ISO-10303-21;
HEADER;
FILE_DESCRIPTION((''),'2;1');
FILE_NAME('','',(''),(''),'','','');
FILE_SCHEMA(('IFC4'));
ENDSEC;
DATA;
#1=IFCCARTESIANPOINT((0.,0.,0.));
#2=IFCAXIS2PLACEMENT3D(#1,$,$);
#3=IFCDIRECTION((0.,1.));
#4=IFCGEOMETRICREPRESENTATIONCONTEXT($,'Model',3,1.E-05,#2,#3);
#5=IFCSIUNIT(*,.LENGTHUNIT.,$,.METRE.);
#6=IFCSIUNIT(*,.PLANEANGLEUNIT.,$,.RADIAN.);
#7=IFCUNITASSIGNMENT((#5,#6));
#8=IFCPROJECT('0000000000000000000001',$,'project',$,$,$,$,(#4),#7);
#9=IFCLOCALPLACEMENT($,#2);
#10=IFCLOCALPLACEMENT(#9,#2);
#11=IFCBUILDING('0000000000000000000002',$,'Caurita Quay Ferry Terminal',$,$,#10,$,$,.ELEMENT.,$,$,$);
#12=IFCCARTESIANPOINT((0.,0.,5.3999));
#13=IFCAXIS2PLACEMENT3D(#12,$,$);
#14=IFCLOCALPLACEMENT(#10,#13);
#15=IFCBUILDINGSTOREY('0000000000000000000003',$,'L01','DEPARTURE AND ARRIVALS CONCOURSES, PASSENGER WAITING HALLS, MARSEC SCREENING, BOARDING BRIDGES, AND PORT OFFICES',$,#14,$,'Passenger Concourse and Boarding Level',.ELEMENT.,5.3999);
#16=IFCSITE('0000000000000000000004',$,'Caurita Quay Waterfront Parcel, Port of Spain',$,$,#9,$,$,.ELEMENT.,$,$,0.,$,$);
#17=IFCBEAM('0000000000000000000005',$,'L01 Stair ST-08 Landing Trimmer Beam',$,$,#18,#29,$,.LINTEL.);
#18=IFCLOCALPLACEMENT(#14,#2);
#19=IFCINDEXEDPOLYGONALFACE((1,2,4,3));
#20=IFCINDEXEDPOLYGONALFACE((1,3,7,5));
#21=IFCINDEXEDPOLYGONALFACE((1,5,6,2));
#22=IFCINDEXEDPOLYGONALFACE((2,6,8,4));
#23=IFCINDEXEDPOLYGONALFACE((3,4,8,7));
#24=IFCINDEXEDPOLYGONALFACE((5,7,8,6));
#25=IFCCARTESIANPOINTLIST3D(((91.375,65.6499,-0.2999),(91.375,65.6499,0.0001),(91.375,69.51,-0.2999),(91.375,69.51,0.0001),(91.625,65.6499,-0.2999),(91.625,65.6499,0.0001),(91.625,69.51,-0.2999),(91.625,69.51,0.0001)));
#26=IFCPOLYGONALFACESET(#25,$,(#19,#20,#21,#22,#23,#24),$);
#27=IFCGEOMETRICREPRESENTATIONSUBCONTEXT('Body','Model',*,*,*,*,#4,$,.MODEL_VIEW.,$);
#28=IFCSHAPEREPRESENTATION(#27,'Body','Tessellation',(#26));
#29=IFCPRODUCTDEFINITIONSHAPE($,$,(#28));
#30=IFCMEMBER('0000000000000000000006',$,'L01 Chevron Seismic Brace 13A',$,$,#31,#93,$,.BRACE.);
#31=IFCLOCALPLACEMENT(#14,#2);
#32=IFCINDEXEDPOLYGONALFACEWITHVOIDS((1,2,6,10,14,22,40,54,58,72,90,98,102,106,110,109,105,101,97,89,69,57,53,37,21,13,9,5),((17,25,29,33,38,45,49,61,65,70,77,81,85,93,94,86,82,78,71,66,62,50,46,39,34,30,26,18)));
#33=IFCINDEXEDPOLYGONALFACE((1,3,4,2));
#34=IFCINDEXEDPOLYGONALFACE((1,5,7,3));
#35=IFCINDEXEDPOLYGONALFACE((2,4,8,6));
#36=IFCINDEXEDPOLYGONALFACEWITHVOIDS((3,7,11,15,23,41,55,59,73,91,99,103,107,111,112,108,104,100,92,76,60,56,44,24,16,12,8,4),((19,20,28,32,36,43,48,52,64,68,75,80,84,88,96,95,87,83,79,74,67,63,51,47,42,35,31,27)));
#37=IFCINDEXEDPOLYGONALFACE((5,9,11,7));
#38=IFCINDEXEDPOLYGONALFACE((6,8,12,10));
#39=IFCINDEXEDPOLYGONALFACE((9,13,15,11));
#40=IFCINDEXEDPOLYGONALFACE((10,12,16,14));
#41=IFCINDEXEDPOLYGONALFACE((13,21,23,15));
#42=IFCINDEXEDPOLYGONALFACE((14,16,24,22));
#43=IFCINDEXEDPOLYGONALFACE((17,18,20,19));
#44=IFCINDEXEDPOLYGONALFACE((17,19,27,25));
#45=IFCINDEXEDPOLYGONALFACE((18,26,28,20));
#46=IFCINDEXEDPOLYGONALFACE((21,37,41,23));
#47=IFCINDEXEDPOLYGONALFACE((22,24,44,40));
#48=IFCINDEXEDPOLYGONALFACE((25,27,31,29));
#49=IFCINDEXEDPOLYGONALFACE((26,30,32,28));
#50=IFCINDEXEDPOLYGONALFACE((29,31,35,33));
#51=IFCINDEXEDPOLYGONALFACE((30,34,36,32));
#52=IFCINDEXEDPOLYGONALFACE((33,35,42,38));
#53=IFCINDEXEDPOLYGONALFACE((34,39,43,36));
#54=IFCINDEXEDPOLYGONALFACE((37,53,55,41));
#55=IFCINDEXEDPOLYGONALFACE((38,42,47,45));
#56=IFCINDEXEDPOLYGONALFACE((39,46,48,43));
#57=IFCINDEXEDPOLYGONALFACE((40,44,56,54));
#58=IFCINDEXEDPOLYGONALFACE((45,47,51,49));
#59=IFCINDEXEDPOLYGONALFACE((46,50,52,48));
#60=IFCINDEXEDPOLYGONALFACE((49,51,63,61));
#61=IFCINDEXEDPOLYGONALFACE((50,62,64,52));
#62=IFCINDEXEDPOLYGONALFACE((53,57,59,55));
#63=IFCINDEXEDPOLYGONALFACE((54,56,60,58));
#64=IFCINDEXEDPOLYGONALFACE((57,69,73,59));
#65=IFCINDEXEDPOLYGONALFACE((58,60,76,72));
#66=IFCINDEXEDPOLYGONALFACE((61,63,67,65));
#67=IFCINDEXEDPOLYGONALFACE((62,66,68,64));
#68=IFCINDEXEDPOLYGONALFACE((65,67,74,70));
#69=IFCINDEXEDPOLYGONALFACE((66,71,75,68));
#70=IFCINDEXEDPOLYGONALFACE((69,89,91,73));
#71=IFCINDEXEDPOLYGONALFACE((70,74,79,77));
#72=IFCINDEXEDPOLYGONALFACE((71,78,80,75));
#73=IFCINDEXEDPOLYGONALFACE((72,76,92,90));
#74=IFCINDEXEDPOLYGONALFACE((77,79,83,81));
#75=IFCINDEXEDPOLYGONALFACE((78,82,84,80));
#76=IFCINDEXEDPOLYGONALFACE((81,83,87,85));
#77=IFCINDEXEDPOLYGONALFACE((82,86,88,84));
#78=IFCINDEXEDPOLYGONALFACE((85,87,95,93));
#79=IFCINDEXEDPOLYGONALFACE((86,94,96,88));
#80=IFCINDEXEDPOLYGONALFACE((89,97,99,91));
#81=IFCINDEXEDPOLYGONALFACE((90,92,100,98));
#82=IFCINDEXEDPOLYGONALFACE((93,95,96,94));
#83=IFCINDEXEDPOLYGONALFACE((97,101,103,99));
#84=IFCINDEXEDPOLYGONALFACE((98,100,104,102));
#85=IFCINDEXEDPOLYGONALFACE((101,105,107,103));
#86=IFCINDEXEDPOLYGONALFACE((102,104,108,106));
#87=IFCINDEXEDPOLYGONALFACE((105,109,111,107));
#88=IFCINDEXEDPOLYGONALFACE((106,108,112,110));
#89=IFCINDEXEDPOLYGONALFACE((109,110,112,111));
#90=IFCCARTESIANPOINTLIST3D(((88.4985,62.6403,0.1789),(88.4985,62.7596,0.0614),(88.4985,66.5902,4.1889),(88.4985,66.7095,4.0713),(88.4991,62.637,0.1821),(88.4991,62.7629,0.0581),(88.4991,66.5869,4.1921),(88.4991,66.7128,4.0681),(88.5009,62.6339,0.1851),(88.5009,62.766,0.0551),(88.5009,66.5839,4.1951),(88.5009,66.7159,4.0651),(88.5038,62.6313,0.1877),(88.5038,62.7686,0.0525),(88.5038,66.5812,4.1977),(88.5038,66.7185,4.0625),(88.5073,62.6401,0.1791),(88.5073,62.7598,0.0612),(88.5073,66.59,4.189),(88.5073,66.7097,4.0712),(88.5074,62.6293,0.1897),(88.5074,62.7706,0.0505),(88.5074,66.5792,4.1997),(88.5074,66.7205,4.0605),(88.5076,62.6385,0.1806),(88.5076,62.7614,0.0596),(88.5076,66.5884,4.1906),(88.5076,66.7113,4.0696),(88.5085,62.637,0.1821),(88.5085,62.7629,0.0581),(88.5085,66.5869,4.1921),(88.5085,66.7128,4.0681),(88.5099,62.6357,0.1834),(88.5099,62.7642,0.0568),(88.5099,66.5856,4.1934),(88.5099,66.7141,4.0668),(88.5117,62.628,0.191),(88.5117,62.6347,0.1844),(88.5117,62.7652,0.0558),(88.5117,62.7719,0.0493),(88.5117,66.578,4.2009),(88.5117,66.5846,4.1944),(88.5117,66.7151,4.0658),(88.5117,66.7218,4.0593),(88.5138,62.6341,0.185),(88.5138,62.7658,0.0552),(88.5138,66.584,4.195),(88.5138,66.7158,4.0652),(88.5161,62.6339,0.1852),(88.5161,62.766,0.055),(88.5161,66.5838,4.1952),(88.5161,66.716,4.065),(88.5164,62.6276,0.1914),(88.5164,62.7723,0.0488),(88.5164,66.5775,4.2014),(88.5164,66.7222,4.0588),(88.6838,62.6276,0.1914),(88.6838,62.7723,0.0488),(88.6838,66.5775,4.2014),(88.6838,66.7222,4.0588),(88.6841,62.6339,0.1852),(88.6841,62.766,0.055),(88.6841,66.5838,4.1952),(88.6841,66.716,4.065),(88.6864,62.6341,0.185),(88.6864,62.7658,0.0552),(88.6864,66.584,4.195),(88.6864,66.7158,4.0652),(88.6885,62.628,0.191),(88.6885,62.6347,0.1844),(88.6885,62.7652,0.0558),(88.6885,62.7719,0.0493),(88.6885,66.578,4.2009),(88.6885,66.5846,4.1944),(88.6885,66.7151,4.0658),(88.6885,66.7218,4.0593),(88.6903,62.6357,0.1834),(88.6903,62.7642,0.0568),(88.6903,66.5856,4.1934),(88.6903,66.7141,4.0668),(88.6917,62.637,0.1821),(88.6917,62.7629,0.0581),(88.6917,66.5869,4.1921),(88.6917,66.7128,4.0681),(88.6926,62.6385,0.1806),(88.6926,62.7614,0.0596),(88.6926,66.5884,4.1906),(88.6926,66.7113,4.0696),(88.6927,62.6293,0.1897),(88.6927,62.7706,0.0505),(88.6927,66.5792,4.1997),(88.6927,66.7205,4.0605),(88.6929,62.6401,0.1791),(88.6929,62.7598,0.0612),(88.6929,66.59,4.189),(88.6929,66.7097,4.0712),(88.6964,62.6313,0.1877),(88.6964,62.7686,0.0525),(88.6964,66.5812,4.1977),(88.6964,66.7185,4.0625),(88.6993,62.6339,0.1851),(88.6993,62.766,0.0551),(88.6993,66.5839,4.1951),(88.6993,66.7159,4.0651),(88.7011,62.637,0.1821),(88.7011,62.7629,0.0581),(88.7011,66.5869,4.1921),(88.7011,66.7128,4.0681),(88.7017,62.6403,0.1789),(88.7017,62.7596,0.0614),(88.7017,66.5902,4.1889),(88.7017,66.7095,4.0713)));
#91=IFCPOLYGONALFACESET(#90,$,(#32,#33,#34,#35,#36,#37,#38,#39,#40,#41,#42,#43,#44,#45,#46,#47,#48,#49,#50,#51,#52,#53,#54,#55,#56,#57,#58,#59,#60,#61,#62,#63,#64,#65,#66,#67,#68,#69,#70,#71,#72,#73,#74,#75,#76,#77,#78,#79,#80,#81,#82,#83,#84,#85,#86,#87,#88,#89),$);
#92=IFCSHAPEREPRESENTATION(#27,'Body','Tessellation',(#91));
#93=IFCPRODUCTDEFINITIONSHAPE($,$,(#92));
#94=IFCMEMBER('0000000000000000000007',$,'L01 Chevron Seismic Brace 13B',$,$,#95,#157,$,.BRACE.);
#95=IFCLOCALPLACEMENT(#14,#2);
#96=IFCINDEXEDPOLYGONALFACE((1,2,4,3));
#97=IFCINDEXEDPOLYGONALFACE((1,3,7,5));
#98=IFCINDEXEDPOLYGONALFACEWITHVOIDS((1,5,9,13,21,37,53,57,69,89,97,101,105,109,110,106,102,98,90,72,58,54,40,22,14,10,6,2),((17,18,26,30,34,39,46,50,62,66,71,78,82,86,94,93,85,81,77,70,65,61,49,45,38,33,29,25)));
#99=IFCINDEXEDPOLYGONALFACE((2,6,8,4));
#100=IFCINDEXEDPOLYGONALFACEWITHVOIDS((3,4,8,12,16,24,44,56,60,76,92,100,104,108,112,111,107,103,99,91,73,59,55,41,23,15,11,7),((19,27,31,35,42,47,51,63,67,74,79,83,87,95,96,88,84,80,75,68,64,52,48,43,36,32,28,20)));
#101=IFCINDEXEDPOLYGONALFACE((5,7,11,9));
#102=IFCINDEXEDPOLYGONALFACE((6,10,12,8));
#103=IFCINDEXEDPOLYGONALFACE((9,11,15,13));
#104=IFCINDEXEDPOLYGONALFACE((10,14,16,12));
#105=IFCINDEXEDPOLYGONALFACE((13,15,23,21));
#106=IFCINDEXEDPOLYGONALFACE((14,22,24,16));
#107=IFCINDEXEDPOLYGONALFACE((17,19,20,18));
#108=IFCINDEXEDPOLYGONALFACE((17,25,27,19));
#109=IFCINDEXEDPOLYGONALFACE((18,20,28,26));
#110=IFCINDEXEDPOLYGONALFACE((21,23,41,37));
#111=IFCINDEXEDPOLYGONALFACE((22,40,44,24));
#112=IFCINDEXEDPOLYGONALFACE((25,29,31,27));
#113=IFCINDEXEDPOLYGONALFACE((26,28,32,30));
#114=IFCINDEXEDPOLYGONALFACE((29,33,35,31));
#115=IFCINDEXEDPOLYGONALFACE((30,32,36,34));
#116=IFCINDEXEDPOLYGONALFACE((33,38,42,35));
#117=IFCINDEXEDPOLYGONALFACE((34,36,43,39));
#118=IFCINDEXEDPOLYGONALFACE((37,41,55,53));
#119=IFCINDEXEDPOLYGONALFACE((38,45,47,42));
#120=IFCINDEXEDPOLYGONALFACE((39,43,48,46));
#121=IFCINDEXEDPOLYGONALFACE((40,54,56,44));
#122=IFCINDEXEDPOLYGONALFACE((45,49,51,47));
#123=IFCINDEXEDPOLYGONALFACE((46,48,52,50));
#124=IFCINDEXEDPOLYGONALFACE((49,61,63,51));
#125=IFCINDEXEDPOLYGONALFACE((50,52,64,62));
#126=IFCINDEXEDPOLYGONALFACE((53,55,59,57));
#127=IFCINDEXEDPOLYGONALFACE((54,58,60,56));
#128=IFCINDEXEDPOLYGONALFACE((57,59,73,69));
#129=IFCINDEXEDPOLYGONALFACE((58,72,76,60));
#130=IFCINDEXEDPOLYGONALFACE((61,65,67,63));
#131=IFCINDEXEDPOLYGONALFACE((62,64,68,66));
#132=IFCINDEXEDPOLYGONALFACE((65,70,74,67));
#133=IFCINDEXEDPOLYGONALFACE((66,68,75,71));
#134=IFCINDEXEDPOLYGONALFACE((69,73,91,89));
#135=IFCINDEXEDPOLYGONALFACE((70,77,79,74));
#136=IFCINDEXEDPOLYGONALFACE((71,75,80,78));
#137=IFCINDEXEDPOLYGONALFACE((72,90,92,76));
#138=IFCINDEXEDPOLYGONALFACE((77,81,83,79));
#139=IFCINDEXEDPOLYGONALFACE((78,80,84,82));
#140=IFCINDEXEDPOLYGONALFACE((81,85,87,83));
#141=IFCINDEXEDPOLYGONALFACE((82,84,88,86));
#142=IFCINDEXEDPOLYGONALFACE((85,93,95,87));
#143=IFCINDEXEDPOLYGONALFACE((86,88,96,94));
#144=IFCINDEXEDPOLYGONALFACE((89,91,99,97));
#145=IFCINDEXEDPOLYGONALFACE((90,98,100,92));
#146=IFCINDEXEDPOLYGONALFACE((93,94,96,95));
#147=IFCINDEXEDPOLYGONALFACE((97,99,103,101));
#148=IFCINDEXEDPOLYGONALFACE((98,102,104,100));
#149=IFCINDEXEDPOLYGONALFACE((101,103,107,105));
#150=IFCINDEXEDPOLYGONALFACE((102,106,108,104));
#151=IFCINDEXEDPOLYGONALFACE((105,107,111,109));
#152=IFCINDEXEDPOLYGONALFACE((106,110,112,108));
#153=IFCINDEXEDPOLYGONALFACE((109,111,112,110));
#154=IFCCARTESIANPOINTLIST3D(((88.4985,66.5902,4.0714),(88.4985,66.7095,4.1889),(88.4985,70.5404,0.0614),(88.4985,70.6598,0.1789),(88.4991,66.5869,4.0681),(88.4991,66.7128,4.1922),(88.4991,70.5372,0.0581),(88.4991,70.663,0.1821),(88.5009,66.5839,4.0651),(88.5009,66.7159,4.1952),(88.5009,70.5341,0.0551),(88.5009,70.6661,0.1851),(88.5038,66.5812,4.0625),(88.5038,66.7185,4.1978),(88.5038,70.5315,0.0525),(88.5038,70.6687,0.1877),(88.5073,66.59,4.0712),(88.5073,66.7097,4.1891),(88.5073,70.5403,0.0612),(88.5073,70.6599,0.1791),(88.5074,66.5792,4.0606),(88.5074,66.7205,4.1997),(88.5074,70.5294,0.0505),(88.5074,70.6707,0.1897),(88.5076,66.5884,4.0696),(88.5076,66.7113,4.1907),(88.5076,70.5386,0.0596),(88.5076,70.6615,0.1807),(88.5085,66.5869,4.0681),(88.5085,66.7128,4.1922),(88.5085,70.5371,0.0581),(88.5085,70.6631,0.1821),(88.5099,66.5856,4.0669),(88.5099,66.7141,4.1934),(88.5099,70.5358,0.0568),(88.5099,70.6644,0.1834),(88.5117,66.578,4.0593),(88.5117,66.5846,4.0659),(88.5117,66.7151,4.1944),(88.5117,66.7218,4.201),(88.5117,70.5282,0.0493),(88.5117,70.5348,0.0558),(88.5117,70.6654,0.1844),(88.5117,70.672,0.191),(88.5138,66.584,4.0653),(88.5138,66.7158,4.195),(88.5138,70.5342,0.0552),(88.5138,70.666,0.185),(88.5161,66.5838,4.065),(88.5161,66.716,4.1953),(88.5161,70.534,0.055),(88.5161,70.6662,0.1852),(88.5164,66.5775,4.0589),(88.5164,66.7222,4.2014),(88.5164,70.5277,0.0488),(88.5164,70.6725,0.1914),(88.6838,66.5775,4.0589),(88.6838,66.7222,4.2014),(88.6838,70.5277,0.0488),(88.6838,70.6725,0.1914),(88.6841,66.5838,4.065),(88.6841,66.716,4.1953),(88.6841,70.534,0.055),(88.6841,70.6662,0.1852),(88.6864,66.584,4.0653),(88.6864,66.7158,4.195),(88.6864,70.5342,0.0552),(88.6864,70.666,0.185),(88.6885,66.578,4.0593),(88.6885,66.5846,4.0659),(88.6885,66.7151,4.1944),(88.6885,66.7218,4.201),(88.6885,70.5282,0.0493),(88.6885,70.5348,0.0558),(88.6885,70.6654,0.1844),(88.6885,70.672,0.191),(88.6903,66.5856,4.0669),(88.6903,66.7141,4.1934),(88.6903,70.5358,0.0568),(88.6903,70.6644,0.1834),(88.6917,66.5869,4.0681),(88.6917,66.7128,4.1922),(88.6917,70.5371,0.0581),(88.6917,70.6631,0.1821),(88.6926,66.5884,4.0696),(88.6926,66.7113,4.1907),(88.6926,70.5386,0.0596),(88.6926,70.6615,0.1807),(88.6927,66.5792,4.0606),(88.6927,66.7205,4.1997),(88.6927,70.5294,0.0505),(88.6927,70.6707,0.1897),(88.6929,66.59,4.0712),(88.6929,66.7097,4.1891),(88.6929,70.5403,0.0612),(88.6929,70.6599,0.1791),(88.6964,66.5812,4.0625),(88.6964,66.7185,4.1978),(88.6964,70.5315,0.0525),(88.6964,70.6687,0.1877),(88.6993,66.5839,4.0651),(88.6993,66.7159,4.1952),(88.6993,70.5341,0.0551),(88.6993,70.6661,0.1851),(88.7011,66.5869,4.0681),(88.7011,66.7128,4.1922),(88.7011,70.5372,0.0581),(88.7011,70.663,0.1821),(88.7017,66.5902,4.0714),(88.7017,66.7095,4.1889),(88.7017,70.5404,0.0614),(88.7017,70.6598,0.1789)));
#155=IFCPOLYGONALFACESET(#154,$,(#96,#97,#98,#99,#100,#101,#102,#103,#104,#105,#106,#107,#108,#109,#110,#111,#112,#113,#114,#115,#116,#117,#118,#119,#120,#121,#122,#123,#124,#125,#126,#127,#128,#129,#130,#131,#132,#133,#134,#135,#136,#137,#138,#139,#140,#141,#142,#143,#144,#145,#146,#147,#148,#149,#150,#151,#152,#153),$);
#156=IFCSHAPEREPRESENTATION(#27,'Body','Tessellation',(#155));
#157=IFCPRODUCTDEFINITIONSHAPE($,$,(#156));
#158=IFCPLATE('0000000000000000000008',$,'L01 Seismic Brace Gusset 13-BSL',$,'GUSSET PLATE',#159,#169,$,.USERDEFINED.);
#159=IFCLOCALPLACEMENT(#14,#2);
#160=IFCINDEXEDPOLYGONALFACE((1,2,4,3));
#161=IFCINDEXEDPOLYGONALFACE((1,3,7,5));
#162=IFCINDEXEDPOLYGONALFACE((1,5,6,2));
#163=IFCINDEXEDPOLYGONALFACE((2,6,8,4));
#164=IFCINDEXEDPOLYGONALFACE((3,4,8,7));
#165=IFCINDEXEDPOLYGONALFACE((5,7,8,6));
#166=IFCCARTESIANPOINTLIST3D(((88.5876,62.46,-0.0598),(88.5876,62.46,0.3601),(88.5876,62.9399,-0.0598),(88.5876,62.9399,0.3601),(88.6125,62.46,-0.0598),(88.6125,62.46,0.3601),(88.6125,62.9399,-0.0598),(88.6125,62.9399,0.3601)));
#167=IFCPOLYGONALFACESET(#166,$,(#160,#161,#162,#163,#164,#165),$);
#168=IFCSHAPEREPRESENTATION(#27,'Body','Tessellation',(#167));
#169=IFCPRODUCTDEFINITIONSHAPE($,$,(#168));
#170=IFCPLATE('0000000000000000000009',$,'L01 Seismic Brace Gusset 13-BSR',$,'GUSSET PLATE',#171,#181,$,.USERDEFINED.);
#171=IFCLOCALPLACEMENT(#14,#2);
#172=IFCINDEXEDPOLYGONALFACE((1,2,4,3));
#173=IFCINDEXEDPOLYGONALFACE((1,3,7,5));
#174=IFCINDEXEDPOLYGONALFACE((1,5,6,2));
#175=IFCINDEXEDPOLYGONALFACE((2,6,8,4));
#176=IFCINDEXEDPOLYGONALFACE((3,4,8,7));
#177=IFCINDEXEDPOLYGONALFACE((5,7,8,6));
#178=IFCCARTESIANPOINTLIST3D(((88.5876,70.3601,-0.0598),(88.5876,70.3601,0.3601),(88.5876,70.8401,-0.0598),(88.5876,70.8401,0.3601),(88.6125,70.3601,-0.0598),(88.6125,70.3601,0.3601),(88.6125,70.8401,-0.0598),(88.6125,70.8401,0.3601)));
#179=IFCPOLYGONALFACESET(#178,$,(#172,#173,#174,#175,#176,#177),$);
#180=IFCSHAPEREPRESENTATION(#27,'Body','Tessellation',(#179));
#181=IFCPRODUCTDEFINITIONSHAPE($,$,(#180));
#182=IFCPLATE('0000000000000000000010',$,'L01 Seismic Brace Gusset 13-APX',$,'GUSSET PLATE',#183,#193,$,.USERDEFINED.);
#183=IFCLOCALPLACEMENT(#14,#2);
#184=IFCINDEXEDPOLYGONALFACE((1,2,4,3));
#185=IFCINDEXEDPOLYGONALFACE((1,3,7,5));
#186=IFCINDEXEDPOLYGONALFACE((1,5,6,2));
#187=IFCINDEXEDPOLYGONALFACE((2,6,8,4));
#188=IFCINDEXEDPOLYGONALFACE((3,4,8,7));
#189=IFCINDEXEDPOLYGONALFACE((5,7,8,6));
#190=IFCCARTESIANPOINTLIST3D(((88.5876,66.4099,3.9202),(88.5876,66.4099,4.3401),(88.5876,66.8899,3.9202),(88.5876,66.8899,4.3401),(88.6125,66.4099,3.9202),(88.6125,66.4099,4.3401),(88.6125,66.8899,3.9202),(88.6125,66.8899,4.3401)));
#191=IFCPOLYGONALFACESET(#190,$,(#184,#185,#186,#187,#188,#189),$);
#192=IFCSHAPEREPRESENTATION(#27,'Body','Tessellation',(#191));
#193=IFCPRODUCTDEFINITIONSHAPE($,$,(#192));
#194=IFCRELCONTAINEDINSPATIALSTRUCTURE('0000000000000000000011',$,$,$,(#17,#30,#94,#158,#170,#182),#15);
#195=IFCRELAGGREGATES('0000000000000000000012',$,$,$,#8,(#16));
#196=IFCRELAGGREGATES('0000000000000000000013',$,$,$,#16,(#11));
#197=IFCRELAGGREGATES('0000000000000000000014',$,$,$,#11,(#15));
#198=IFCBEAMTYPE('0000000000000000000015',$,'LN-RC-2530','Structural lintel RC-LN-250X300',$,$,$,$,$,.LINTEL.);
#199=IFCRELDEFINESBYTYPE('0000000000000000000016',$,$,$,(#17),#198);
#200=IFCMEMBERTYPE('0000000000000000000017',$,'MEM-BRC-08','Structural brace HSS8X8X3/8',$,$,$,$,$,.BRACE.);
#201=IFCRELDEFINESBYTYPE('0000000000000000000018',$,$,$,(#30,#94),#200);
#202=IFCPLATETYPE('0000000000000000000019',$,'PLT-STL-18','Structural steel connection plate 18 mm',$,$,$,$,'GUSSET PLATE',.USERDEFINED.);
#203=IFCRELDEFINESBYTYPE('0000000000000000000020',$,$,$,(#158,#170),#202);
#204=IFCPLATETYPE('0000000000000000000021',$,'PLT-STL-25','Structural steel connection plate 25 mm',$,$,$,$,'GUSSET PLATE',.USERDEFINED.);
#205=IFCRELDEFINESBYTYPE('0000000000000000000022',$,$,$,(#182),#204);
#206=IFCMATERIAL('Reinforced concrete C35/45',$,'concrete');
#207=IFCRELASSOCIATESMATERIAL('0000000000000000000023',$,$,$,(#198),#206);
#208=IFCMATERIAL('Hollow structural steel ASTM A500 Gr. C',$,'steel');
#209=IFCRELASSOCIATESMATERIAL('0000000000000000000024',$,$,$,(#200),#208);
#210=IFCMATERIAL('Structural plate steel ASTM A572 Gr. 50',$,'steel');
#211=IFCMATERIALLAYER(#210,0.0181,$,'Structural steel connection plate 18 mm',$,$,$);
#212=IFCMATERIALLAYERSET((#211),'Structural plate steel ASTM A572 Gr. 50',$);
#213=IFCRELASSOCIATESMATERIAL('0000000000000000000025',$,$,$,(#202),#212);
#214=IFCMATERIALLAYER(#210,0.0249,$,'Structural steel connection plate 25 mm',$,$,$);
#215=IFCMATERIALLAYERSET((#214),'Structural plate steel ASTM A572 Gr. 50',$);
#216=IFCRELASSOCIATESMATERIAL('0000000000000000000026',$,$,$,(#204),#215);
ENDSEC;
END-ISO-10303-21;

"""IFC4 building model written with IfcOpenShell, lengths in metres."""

from ifc_helpers import new_model, si_unit, direction, frame, origin, origin_2d, place, context, subcontext, project, spatial, rectangle, hollow_rectangle, extrude, material, layer, layer_set, material_profile, profile_set, type_object, element, save


model = new_model("IFC4")

# Units and contexts
model_context = context("Model", 3, precision=1e-05, world=origin(), true_north=direction((0.0, 1.0)))
body_context = subcontext(model_context, "Body", "Model", "MODEL_VIEW")
ifc_project = project(units=[si_unit("LENGTHUNIT", "METRE"), si_unit("PLANEANGLEUNIT", "RADIAN")], contexts=[model_context])

# Site, building, storey
site_placement = place(None, origin())
site = spatial("IfcSite", under=ifc_project, at=site_placement, Name="Caurita Quay Waterfront Parcel, Port of Spain", CompositionType="ELEMENT", RefElevation=0.0)
building_placement = place(site_placement, origin())
building = spatial("IfcBuilding", under=site, at=building_placement, Name="Caurita Quay Ferry Terminal", CompositionType="ELEMENT")
storey_placement = place(building_placement, frame((0.0, 0.0, 5.3999)))
storey = spatial("IfcBuildingStorey", under=building, at=storey_placement, Name="L01", Description="DEPARTURE AND ARRIVALS CONCOURSES, PASSENGER WAITING HALLS, MARSEC SCREENING, BOARDING BRIDGES, AND PORT OFFICES", LongName="Passenger Concourse and Boarding Level", CompositionType="ELEMENT", Elevation=5.3999)

# Beam
ifc_material_1 = material(Name="Reinforced concrete C35/45", Category="concrete")
ifc_material_profile_1 = material_profile(ifc_material_1, rectangle(XDim=0.25, YDim=0.3, at=origin_2d()), Name="RC-LN-250X300")
ifc_profile_set_1 = profile_set([ifc_material_profile_1], Name="Reinforced concrete C35/45")
beam_type_1 = type_object("IfcBeamType", Name="LN-RC-2530", Description="Structural lintel RC-LN-250X300", PredefinedType="LINTEL", material=ifc_profile_set_1)
beam_1_placement = place(storey_placement, frame((91.5, 65.6499, -0.1499), z_axis=(0.0, 1.0, 0.0), x_axis=(-1.0, 0.0, 0.0)))
element("IfcBeam", 1, at=beam_1_placement, inside=storey, type_object=beam_type_1, Name="L01 Stair ST-08 Landing Trimmer Beam", PredefinedType="LINTEL", context=body_context, shape_type="SweptSolid", body=[
    extrude(rectangle(XDim=0.25, YDim=0.3, at=origin_2d()), origin(), (0.0, 0.0, 1.0), 3.8601),
])

# Members
ifc_material_2 = material(Name="Hollow structural steel ASTM A500 Gr. C", Category="steel")
ifc_material_profile_2 = material_profile(ifc_material_2, hollow_rectangle(XDim=0.2031, YDim=0.2031, WallThickness=0.0088, InnerFilletRadius=0.0088, OuterFilletRadius=0.0178, at=origin_2d()), Name="HSS8X8X3/8")
ifc_profile_set_2 = profile_set([ifc_material_profile_2], Name="Hollow structural steel ASTM A500 Gr. C")
member_type = type_object("IfcMemberType", Name="MEM-BRC-08", Description="Structural brace HSS8X8X3/8", PredefinedType="BRACE", material=ifc_profile_set_2)
member_1_placement = place(storey_placement, frame((88.6001, 62.7, 0.1201), z_axis=(0.0, 0.701752, 0.712422), x_axis=(-1.0, 0.0, 0.0)))
element("IfcMember", 2, at=member_1_placement, inside=storey, type_object=member_type, Name="L01 Chevron Seismic Brace 13A", PredefinedType="BRACE", context=body_context, shape_type="SweptSolid", body=[
    extrude(hollow_rectangle(XDim=0.2031, YDim=0.2031, WallThickness=0.0088, InnerFilletRadius=0.0088, OuterFilletRadius=0.0178, at=origin_2d()), origin(), (0.0, 0.0, 1.0), 5.6287),
])
member_2_placement = place(storey_placement, frame((88.6001, 70.6001, 0.1201), z_axis=(0.0, -0.701774, 0.7124), x_axis=(1.0, 0.0, 0.0)))
element("IfcMember", 3, at=member_2_placement, inside=storey, type_object=member_type, Name="L01 Chevron Seismic Brace 13B", PredefinedType="BRACE", context=body_context, shape_type="SweptSolid", body=[
    extrude(hollow_rectangle(XDim=0.2031, YDim=0.2031, WallThickness=0.0088, InnerFilletRadius=0.0088, OuterFilletRadius=0.0178, at=origin_2d()), origin(), (0.0, 0.0, 1.0), 5.6289),
])

# Plates
ifc_material_3 = material(Name="Structural plate steel ASTM A572 Gr. 50", Category="steel")
ifc_layer_1 = layer(ifc_material_3, 0.0181, Name="Structural steel connection plate 18 mm")
ifc_layer_set_1 = layer_set([ifc_layer_1], Name="Structural plate steel ASTM A572 Gr. 50")
plate_type_1 = type_object("IfcPlateType", Name="PLT-STL-18", Description="Structural steel connection plate 18 mm", ElementType="GUSSET PLATE", PredefinedType="USERDEFINED", material=ifc_layer_set_1)
for number, where, z_axis, x_axis, name in (
    (4, (88.6001, 62.7, -0.0598), (0.0, 0.0, 1.0), (0.0, 1.0, 0.0), "L01 Seismic Brace Gusset 13-BSL"),
    (5, (88.6001, 70.6001, -0.0598), (0.0, 0.0, 1.0), (0.0, 1.0, 0.0), "L01 Seismic Brace Gusset 13-BSR"),
):
    element("IfcPlate", number, at=place(storey_placement, frame(where, z_axis=z_axis, x_axis=x_axis)), inside=storey, type_object=plate_type_1, Name=name, ObjectType="GUSSET PLATE", PredefinedType="USERDEFINED", context=body_context, shape_type="SweptSolid", body=[
        extrude(rectangle(XDim=0.48, YDim=0.0249, at=origin_2d()), origin(), (0.0, 0.0, 1.0), 0.4199),
    ])
ifc_layer_2 = layer(ifc_material_3, 0.0249, Name="Structural steel connection plate 25 mm")
ifc_layer_set_2 = layer_set([ifc_layer_2], Name="Structural plate steel ASTM A572 Gr. 50")
plate_type_2 = type_object("IfcPlateType", Name="PLT-STL-25", Description="Structural steel connection plate 25 mm", ElementType="GUSSET PLATE", PredefinedType="USERDEFINED", material=ifc_layer_set_2)
plate_placement = place(storey_placement, frame((88.6001, 66.6499, 3.9202), z_axis=(0.0, 0.0, 1.0), x_axis=(0.0, 1.0, 0.0)))
element("IfcPlate", 6, at=plate_placement, inside=storey, type_object=plate_type_2, Name="L01 Seismic Brace Gusset 13-APX", ObjectType="GUSSET PLATE", PredefinedType="USERDEFINED", context=body_context, shape_type="SweptSolid", body=[
    extrude(rectangle(XDim=0.48, YDim=0.0249, at=origin_2d()), origin(), (0.0, 0.0, 1.0), 0.4199),
])

save(model, "model.ifc")
